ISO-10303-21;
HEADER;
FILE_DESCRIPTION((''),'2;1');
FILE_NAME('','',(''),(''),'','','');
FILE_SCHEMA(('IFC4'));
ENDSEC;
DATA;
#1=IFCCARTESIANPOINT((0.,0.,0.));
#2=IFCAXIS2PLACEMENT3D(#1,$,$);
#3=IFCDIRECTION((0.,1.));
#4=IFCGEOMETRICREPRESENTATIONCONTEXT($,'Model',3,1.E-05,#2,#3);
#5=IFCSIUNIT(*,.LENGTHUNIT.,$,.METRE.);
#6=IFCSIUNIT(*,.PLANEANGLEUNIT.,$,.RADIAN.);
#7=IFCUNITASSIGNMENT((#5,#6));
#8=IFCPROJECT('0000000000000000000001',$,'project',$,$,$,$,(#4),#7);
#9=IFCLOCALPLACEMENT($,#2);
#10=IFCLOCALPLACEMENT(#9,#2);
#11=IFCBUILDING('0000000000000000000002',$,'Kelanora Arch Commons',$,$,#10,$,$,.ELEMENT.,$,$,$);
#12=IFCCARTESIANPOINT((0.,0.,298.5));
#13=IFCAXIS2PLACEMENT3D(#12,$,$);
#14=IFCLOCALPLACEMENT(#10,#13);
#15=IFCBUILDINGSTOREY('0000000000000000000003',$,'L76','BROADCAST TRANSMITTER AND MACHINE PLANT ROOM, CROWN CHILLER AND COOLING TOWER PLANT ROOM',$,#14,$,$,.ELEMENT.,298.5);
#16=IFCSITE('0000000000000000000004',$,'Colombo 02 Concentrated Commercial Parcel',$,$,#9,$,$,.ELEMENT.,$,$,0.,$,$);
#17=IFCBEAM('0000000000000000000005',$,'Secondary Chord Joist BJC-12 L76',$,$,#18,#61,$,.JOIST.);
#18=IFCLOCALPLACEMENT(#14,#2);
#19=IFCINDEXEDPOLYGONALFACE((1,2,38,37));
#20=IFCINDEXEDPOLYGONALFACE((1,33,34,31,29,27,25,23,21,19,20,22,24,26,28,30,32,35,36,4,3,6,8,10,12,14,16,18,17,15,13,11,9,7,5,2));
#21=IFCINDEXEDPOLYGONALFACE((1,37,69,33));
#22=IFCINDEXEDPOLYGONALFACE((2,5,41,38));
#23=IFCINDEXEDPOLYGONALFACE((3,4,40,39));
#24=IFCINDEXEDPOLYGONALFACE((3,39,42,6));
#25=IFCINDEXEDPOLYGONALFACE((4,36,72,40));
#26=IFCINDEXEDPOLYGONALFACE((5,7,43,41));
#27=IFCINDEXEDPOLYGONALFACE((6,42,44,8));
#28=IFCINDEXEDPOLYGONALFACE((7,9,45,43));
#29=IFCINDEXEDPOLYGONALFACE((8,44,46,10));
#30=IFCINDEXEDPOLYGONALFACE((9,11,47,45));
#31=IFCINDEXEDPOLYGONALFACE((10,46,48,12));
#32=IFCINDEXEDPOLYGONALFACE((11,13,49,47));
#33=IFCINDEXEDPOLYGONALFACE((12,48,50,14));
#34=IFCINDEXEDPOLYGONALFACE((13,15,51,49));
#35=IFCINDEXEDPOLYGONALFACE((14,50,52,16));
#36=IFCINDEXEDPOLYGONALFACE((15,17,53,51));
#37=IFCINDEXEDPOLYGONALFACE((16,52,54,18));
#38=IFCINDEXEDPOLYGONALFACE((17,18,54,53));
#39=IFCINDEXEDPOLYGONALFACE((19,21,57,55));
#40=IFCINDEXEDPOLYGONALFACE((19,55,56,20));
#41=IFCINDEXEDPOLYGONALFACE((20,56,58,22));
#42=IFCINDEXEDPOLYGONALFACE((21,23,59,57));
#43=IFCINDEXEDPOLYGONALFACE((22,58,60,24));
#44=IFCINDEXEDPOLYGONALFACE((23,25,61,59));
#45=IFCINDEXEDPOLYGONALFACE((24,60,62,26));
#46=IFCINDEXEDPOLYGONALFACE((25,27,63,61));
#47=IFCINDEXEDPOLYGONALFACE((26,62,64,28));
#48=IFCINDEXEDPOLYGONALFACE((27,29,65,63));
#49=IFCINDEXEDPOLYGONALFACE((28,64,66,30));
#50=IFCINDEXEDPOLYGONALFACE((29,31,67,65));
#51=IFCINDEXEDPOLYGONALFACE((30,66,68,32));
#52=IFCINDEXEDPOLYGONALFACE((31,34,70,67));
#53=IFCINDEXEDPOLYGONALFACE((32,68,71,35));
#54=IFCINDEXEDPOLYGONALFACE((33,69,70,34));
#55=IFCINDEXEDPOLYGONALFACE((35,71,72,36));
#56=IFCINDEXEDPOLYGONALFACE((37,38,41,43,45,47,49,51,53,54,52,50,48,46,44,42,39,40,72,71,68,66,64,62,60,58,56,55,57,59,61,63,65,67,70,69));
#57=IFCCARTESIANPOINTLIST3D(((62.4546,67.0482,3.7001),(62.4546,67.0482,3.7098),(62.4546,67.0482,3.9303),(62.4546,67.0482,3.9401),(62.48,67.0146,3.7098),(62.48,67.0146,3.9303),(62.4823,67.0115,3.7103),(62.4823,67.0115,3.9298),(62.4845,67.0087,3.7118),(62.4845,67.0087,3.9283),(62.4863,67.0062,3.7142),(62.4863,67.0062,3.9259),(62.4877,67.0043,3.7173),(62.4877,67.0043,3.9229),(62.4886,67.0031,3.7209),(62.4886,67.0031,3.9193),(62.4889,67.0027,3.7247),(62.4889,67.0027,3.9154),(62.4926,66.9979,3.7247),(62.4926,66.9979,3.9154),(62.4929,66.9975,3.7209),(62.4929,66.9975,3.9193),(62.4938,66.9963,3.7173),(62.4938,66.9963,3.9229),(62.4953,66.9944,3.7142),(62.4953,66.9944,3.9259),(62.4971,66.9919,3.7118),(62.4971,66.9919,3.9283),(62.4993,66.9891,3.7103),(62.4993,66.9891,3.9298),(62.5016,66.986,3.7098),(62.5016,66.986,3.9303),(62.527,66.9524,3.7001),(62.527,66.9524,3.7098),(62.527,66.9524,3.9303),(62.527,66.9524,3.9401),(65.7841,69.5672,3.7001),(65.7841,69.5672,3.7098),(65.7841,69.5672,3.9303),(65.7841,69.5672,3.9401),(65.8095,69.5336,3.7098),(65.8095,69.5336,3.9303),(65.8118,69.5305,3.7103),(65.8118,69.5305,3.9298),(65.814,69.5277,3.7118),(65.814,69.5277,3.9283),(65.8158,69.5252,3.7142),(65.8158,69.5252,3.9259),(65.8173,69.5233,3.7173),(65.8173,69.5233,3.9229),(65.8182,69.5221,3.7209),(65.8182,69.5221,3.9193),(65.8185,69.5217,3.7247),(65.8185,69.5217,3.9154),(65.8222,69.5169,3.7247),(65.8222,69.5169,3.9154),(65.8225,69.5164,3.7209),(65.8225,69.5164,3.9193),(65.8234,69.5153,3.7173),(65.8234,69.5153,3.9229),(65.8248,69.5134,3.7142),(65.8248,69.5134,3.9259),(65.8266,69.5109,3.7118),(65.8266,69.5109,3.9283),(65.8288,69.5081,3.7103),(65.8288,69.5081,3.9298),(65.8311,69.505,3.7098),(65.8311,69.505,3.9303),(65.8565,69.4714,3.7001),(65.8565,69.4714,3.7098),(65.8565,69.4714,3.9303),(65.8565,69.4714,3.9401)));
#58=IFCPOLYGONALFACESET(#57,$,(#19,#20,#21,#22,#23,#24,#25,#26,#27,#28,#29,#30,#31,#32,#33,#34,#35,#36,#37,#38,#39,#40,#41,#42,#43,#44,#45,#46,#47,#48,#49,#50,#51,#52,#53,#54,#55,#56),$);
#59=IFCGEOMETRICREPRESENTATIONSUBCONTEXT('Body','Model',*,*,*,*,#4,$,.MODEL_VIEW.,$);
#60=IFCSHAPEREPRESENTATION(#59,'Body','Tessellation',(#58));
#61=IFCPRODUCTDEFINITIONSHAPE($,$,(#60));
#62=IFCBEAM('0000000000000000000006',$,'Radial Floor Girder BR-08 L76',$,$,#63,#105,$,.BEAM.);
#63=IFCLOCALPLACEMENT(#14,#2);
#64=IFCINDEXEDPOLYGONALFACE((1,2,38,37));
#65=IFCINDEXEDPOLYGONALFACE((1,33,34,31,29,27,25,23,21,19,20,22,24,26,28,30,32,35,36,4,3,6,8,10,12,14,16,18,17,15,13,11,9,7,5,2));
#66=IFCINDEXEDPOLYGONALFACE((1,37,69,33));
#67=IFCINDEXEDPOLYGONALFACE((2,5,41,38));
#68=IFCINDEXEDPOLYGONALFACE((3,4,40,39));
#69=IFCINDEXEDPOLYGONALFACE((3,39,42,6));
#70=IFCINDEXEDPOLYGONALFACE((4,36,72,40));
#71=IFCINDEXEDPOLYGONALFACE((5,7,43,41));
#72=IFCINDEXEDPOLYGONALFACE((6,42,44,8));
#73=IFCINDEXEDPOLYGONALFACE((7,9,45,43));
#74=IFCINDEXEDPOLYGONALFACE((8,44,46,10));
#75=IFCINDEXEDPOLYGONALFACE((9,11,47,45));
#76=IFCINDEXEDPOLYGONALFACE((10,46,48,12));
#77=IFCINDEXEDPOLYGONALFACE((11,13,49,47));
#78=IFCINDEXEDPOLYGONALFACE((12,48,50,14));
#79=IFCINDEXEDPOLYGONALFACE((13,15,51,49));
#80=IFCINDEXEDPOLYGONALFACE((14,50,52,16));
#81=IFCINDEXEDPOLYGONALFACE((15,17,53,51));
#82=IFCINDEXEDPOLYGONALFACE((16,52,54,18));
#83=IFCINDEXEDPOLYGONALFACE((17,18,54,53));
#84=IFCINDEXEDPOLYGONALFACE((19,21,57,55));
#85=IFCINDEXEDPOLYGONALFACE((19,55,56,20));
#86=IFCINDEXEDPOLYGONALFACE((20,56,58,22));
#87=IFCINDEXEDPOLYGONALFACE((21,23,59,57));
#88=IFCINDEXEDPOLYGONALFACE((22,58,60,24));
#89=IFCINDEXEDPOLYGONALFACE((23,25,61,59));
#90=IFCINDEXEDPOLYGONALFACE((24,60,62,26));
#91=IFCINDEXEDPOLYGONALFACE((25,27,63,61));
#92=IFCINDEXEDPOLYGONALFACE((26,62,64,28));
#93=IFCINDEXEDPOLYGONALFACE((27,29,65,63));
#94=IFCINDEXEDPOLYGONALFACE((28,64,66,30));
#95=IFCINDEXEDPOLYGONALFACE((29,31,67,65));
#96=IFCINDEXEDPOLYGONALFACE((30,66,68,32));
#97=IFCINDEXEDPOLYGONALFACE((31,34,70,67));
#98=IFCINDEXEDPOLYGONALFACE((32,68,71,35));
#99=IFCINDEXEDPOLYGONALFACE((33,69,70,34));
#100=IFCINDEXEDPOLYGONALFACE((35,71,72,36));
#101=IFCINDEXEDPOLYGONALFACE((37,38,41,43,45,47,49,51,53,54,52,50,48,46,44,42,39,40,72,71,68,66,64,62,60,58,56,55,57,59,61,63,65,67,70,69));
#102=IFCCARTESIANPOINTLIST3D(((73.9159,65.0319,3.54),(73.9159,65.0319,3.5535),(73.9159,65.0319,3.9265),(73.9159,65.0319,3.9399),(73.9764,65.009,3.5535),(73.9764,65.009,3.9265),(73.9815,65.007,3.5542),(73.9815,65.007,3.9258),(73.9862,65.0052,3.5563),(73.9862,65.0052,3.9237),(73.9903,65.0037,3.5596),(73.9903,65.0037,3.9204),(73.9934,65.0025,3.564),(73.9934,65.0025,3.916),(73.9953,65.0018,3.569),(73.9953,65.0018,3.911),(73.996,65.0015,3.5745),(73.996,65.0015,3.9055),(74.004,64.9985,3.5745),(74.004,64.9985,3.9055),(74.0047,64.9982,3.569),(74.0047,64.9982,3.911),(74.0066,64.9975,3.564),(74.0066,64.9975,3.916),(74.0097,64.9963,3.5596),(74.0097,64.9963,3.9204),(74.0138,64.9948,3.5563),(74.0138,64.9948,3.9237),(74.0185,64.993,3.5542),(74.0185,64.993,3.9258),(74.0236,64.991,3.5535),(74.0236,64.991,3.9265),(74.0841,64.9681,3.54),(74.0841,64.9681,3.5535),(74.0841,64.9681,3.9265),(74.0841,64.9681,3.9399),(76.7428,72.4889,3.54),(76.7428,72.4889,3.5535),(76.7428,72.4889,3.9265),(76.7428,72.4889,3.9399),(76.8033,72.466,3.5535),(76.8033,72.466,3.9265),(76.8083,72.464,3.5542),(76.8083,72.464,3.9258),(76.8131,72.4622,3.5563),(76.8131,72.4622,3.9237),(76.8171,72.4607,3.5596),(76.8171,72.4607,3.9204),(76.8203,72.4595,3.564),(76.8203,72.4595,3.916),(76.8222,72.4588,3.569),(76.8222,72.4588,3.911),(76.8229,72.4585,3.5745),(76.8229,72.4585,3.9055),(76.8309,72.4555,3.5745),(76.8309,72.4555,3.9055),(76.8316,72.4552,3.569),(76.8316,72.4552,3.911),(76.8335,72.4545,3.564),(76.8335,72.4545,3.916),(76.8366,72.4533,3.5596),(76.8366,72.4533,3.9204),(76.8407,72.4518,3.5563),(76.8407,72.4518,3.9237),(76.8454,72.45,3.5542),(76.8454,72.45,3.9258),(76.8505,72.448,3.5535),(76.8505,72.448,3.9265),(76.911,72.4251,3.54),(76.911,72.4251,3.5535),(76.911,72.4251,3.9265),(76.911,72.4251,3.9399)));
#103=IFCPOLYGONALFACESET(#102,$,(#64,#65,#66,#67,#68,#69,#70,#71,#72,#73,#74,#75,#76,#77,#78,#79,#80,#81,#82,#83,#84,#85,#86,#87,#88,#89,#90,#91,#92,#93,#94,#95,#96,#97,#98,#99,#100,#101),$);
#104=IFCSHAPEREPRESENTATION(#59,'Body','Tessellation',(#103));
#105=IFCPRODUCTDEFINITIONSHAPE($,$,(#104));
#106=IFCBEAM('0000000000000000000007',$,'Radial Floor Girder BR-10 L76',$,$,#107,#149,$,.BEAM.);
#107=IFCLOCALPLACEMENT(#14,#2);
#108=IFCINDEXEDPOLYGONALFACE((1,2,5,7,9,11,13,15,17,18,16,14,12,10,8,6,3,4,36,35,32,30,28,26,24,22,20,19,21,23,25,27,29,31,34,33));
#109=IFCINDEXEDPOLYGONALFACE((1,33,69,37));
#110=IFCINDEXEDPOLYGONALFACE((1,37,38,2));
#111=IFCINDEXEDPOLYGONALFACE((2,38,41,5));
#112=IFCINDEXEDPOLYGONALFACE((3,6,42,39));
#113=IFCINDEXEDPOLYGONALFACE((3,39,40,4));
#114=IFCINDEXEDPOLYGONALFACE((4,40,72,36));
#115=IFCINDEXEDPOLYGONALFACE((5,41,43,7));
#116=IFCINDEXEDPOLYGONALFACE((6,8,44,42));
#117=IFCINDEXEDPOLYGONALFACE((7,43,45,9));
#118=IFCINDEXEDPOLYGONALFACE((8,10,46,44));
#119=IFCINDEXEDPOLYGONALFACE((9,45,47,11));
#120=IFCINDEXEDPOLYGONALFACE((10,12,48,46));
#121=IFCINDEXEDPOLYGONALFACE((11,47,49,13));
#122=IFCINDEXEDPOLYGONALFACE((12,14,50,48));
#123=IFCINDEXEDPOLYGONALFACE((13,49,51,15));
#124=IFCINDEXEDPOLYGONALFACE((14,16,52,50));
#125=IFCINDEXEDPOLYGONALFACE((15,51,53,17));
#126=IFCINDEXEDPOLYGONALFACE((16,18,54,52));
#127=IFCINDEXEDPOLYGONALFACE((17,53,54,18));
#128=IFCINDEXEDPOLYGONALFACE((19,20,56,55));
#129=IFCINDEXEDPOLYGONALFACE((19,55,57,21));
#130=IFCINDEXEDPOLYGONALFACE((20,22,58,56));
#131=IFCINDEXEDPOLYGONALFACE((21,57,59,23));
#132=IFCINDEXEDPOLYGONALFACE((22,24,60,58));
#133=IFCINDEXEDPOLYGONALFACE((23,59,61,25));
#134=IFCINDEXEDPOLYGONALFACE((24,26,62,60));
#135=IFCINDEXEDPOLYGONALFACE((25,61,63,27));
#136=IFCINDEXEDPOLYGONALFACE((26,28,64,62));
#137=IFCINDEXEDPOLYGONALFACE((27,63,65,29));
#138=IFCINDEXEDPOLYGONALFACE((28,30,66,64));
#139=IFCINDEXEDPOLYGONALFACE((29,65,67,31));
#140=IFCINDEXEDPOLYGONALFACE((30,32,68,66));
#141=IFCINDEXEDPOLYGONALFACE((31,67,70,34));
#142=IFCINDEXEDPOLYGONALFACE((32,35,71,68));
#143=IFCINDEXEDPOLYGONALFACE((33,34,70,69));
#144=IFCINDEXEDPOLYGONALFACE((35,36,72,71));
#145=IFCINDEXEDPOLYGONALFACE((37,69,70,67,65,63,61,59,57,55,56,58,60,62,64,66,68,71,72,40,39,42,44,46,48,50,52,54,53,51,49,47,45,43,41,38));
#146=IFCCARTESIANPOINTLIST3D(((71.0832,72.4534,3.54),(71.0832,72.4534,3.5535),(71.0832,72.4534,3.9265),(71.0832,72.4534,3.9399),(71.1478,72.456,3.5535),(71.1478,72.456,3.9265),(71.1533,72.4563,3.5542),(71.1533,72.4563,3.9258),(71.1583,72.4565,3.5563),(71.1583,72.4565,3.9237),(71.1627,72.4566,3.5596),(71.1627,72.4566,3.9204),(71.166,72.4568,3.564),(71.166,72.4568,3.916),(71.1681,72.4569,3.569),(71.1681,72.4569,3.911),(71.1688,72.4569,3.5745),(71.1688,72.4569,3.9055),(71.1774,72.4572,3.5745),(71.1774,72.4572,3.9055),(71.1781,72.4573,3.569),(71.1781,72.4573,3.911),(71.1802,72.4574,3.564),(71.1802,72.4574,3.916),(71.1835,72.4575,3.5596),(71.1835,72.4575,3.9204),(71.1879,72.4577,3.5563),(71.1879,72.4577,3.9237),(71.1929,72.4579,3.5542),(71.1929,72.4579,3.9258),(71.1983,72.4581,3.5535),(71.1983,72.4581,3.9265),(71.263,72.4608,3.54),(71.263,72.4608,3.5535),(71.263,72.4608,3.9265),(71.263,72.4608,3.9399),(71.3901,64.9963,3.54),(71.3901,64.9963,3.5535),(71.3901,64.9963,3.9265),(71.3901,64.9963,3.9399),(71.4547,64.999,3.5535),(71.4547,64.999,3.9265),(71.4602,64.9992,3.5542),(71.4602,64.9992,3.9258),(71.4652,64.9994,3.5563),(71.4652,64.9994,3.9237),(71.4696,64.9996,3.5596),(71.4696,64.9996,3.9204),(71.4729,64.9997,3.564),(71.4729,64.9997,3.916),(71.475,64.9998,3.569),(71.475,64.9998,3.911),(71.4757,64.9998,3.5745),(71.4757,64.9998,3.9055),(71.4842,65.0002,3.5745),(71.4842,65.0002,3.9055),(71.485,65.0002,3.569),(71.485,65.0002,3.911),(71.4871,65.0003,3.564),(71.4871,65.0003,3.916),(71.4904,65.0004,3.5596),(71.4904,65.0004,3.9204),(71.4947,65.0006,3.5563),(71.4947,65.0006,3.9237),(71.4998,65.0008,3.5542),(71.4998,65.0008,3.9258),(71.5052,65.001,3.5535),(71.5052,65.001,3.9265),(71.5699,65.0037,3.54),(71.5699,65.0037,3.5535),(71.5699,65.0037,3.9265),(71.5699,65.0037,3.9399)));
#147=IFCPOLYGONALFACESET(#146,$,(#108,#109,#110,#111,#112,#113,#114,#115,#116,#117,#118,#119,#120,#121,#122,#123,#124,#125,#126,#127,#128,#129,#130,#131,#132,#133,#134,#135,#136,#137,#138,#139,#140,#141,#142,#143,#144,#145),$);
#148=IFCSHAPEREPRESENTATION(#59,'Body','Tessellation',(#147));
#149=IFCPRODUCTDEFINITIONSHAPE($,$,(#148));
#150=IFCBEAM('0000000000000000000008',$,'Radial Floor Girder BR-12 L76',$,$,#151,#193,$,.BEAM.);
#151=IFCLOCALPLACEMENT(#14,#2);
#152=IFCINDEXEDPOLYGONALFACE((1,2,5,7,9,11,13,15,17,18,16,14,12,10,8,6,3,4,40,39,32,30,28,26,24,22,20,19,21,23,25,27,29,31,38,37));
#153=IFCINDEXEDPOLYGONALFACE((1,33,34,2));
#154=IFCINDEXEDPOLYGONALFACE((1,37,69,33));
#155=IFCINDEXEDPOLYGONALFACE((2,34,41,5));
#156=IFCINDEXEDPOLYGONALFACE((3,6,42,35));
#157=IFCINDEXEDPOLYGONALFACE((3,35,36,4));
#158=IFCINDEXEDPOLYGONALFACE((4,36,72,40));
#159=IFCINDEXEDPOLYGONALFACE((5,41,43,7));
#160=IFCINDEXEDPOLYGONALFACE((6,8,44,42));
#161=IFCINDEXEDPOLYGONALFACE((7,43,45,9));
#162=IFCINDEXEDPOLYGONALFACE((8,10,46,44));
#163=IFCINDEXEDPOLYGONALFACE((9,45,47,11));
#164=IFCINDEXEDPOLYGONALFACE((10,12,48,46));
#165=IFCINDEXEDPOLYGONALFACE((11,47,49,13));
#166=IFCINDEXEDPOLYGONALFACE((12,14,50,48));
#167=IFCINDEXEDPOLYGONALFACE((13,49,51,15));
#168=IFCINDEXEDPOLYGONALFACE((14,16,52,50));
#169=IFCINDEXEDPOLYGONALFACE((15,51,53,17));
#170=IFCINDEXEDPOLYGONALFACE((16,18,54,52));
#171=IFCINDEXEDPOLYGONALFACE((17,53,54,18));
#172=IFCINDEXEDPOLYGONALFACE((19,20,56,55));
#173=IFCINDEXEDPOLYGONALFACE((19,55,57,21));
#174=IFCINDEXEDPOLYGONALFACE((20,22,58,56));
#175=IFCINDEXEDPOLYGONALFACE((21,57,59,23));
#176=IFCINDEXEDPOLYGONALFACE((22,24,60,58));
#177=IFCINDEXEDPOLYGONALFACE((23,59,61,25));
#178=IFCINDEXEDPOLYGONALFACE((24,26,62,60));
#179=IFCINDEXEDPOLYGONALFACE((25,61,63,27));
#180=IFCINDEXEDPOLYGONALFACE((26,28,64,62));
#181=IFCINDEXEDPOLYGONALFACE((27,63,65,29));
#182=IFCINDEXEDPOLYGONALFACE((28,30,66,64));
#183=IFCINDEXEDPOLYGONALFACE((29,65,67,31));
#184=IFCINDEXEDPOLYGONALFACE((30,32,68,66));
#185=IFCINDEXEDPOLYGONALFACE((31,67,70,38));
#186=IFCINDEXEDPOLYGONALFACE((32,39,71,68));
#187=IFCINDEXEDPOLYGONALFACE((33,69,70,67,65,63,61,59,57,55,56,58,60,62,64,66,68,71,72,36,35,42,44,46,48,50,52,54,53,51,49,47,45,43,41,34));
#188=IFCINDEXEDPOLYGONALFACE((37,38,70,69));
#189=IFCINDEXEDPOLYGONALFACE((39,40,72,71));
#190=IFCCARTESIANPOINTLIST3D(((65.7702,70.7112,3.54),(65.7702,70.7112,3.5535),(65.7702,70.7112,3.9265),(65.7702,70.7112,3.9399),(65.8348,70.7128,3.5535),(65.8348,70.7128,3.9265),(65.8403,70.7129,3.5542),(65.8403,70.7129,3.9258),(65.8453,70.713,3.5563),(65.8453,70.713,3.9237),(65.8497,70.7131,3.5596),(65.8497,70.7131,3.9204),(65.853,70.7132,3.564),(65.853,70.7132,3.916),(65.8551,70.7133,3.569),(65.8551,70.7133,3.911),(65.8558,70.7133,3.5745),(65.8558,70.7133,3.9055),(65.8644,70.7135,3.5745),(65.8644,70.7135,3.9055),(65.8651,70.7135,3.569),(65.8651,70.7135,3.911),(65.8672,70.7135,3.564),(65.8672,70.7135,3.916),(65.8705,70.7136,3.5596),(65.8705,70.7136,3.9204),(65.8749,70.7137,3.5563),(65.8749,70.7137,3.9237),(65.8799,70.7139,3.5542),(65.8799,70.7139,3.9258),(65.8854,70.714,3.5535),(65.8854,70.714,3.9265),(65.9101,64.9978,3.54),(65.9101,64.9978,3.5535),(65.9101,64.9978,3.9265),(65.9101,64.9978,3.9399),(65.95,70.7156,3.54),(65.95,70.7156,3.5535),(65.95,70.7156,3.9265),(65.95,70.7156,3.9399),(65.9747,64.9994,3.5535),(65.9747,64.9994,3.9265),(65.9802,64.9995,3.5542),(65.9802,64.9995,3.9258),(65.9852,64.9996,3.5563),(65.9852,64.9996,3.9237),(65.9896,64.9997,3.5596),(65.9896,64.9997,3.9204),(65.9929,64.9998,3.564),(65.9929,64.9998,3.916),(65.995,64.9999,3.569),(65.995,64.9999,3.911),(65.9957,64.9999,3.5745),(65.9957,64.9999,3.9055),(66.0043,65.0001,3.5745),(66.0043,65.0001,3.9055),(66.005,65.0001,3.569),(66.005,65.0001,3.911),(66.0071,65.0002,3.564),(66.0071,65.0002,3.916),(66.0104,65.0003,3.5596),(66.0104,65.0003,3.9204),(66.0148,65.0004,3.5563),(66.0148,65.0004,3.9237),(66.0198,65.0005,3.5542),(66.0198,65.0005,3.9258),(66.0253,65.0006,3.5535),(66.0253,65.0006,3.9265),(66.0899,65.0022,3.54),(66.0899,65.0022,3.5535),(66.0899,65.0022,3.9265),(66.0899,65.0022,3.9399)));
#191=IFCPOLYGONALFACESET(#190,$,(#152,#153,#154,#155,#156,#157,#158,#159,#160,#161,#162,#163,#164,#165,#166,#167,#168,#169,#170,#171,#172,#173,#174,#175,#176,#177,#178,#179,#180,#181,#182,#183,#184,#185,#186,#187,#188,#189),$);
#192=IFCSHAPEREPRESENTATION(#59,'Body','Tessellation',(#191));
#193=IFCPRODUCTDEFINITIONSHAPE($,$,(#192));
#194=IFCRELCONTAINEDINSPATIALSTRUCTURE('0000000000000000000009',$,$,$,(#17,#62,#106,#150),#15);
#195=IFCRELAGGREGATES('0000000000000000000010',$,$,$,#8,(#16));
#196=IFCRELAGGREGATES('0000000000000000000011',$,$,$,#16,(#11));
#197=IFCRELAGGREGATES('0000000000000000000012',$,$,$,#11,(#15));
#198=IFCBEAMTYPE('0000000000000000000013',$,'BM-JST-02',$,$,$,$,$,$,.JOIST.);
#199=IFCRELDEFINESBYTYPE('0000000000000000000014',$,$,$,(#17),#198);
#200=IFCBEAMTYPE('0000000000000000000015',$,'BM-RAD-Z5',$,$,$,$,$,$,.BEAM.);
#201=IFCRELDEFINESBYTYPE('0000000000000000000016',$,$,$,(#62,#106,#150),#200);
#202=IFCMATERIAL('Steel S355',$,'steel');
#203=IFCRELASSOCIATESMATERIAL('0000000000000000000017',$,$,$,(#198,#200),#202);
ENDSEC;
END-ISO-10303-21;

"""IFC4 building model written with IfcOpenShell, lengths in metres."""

from ifc_helpers import new_model, si_unit, direction, frame, origin, origin_2d, place, context, subcontext, project, spatial, i_section, extrude, material, material_profile, profile_set, type_object, element, save


model = new_model("IFC4")

# Units and contexts
model_context = context("Model", 3, precision=1e-05, world=origin(), true_north=direction((0.0, 1.0)))
body_context = subcontext(model_context, "Body", "Model", "MODEL_VIEW")
ifc_project = project(units=[si_unit("LENGTHUNIT", "METRE"), si_unit("PLANEANGLEUNIT", "RADIAN")], contexts=[model_context])

# Site, building, storey
site_placement = place(None, origin())
site = spatial("IfcSite", under=ifc_project, at=site_placement, Name="Colombo 02 Concentrated Commercial Parcel", CompositionType="ELEMENT", RefElevation=0.0)
building_placement = place(site_placement, origin())
building = spatial("IfcBuilding", under=site, at=building_placement, Name="Kelanora Arch Commons", CompositionType="ELEMENT")
storey_placement = place(building_placement, frame((0.0, 0.0, 298.5)))
storey = spatial("IfcBuildingStorey", under=building, at=storey_placement, Name="L76", Description="BROADCAST TRANSMITTER AND MACHINE PLANT ROOM, CROWN CHILLER AND COOLING TOWER PLANT ROOM", CompositionType="ELEMENT", Elevation=298.5)

# Beams
ifc_material_1 = material(Name="Steel S355", Category="steel")
ifc_material_profile_1 = material_profile(ifc_material_1, i_section(OverallWidth=0.1201, OverallDepth=0.24, WebThickness=0.0061, FlangeThickness=0.0098, FilletRadius=0.0149, at=origin_2d()), Name="IPE240")
ifc_profile_set_1 = profile_set([ifc_material_profile_1], Name="Steel S355")
beam_type_1 = type_object("IfcBeamType", Name="BM-JST-02", PredefinedType="JOIST", material=ifc_profile_set_1)
beam_1_placement = place(storey_placement, frame((65.8203, 69.5193, 3.8201), z_axis=(-0.797481, -0.603344, 0.0), x_axis=(0.603344, -0.797481, 0.0)))
element("IfcBeam", 1, at=beam_1_placement, inside=storey, type_object=beam_type_1, Name="Secondary Chord Joist BJC-12 L76", PredefinedType="JOIST", context=body_context, shape_type="SweptSolid", body=[
    extrude(i_section(OverallWidth=0.1201, OverallDepth=0.24, WebThickness=0.0061, FlangeThickness=0.0098, FilletRadius=0.0149, at=origin_2d()), origin(), (0.0, 0.0, 1.0), 4.175),
])
ifc_material_profile_2 = material_profile(ifc_material_1, i_section(OverallWidth=0.1799, OverallDepth=0.3999, WebThickness=0.0085, FlangeThickness=0.0134, FilletRadius=0.021, at=origin_2d()), Name="IPE400")
ifc_profile_set_2 = profile_set([ifc_material_profile_2], Name="Steel S355")
beam_type_2 = type_object("IfcBeamType", Name="BM-RAD-Z5", PredefinedType="BEAM", material=ifc_profile_set_2)
beam_2_placement = place(storey_placement, frame((74.0, 65.0, 3.74), z_axis=(0.354476, 0.935065, 0.0), x_axis=(-0.935065, 0.354476, 0.0)))
element("IfcBeam", 2, at=beam_2_placement, inside=storey, type_object=beam_type_2, Name="Radial Floor Girder BR-08 L76", PredefinedType="BEAM", context=body_context, shape_type="SweptSolid", body=[
    extrude(i_section(OverallWidth=0.1799, OverallDepth=0.3999, WebThickness=0.0085, FlangeThickness=0.0134, FilletRadius=0.021, at=origin_2d()), origin(), (0.0, 0.0, 1.0), 7.9749),
])
beam_3_placement = place(storey_placement, frame((71.48, 65.0, 3.74), z_axis=(-0.041119, 0.999154, 0.0), x_axis=(-0.999154, -0.041119, 0.0)))
element("IfcBeam", 3, at=beam_3_placement, inside=storey, type_object=beam_type_2, Name="Radial Floor Girder BR-10 L76", PredefinedType="BEAM", context=body_context, shape_type="SweptSolid", body=[
    extrude(i_section(OverallWidth=0.1799, OverallDepth=0.3999, WebThickness=0.0085, FlangeThickness=0.0134, FilletRadius=0.021, at=origin_2d()), origin(), (0.0, 0.0, 1.0), 7.4634),
])
beam_4_placement = place(storey_placement, frame((66.0, 65.0, 3.74), z_axis=(-0.024478, 0.9997, 0.0), x_axis=(-0.9997, -0.024478, 0.0)))
element("IfcBeam", 4, at=beam_4_placement, inside=storey, type_object=beam_type_2, Name="Radial Floor Girder BR-12 L76", PredefinedType="BEAM", context=body_context, shape_type="SweptSolid", body=[
    extrude(i_section(OverallWidth=0.1799, OverallDepth=0.3999, WebThickness=0.0085, FlangeThickness=0.0134, FilletRadius=0.021, at=origin_2d()), origin(), (0.0, 0.0, 1.0), 5.7151),
])

save(model, "model.ifc")
